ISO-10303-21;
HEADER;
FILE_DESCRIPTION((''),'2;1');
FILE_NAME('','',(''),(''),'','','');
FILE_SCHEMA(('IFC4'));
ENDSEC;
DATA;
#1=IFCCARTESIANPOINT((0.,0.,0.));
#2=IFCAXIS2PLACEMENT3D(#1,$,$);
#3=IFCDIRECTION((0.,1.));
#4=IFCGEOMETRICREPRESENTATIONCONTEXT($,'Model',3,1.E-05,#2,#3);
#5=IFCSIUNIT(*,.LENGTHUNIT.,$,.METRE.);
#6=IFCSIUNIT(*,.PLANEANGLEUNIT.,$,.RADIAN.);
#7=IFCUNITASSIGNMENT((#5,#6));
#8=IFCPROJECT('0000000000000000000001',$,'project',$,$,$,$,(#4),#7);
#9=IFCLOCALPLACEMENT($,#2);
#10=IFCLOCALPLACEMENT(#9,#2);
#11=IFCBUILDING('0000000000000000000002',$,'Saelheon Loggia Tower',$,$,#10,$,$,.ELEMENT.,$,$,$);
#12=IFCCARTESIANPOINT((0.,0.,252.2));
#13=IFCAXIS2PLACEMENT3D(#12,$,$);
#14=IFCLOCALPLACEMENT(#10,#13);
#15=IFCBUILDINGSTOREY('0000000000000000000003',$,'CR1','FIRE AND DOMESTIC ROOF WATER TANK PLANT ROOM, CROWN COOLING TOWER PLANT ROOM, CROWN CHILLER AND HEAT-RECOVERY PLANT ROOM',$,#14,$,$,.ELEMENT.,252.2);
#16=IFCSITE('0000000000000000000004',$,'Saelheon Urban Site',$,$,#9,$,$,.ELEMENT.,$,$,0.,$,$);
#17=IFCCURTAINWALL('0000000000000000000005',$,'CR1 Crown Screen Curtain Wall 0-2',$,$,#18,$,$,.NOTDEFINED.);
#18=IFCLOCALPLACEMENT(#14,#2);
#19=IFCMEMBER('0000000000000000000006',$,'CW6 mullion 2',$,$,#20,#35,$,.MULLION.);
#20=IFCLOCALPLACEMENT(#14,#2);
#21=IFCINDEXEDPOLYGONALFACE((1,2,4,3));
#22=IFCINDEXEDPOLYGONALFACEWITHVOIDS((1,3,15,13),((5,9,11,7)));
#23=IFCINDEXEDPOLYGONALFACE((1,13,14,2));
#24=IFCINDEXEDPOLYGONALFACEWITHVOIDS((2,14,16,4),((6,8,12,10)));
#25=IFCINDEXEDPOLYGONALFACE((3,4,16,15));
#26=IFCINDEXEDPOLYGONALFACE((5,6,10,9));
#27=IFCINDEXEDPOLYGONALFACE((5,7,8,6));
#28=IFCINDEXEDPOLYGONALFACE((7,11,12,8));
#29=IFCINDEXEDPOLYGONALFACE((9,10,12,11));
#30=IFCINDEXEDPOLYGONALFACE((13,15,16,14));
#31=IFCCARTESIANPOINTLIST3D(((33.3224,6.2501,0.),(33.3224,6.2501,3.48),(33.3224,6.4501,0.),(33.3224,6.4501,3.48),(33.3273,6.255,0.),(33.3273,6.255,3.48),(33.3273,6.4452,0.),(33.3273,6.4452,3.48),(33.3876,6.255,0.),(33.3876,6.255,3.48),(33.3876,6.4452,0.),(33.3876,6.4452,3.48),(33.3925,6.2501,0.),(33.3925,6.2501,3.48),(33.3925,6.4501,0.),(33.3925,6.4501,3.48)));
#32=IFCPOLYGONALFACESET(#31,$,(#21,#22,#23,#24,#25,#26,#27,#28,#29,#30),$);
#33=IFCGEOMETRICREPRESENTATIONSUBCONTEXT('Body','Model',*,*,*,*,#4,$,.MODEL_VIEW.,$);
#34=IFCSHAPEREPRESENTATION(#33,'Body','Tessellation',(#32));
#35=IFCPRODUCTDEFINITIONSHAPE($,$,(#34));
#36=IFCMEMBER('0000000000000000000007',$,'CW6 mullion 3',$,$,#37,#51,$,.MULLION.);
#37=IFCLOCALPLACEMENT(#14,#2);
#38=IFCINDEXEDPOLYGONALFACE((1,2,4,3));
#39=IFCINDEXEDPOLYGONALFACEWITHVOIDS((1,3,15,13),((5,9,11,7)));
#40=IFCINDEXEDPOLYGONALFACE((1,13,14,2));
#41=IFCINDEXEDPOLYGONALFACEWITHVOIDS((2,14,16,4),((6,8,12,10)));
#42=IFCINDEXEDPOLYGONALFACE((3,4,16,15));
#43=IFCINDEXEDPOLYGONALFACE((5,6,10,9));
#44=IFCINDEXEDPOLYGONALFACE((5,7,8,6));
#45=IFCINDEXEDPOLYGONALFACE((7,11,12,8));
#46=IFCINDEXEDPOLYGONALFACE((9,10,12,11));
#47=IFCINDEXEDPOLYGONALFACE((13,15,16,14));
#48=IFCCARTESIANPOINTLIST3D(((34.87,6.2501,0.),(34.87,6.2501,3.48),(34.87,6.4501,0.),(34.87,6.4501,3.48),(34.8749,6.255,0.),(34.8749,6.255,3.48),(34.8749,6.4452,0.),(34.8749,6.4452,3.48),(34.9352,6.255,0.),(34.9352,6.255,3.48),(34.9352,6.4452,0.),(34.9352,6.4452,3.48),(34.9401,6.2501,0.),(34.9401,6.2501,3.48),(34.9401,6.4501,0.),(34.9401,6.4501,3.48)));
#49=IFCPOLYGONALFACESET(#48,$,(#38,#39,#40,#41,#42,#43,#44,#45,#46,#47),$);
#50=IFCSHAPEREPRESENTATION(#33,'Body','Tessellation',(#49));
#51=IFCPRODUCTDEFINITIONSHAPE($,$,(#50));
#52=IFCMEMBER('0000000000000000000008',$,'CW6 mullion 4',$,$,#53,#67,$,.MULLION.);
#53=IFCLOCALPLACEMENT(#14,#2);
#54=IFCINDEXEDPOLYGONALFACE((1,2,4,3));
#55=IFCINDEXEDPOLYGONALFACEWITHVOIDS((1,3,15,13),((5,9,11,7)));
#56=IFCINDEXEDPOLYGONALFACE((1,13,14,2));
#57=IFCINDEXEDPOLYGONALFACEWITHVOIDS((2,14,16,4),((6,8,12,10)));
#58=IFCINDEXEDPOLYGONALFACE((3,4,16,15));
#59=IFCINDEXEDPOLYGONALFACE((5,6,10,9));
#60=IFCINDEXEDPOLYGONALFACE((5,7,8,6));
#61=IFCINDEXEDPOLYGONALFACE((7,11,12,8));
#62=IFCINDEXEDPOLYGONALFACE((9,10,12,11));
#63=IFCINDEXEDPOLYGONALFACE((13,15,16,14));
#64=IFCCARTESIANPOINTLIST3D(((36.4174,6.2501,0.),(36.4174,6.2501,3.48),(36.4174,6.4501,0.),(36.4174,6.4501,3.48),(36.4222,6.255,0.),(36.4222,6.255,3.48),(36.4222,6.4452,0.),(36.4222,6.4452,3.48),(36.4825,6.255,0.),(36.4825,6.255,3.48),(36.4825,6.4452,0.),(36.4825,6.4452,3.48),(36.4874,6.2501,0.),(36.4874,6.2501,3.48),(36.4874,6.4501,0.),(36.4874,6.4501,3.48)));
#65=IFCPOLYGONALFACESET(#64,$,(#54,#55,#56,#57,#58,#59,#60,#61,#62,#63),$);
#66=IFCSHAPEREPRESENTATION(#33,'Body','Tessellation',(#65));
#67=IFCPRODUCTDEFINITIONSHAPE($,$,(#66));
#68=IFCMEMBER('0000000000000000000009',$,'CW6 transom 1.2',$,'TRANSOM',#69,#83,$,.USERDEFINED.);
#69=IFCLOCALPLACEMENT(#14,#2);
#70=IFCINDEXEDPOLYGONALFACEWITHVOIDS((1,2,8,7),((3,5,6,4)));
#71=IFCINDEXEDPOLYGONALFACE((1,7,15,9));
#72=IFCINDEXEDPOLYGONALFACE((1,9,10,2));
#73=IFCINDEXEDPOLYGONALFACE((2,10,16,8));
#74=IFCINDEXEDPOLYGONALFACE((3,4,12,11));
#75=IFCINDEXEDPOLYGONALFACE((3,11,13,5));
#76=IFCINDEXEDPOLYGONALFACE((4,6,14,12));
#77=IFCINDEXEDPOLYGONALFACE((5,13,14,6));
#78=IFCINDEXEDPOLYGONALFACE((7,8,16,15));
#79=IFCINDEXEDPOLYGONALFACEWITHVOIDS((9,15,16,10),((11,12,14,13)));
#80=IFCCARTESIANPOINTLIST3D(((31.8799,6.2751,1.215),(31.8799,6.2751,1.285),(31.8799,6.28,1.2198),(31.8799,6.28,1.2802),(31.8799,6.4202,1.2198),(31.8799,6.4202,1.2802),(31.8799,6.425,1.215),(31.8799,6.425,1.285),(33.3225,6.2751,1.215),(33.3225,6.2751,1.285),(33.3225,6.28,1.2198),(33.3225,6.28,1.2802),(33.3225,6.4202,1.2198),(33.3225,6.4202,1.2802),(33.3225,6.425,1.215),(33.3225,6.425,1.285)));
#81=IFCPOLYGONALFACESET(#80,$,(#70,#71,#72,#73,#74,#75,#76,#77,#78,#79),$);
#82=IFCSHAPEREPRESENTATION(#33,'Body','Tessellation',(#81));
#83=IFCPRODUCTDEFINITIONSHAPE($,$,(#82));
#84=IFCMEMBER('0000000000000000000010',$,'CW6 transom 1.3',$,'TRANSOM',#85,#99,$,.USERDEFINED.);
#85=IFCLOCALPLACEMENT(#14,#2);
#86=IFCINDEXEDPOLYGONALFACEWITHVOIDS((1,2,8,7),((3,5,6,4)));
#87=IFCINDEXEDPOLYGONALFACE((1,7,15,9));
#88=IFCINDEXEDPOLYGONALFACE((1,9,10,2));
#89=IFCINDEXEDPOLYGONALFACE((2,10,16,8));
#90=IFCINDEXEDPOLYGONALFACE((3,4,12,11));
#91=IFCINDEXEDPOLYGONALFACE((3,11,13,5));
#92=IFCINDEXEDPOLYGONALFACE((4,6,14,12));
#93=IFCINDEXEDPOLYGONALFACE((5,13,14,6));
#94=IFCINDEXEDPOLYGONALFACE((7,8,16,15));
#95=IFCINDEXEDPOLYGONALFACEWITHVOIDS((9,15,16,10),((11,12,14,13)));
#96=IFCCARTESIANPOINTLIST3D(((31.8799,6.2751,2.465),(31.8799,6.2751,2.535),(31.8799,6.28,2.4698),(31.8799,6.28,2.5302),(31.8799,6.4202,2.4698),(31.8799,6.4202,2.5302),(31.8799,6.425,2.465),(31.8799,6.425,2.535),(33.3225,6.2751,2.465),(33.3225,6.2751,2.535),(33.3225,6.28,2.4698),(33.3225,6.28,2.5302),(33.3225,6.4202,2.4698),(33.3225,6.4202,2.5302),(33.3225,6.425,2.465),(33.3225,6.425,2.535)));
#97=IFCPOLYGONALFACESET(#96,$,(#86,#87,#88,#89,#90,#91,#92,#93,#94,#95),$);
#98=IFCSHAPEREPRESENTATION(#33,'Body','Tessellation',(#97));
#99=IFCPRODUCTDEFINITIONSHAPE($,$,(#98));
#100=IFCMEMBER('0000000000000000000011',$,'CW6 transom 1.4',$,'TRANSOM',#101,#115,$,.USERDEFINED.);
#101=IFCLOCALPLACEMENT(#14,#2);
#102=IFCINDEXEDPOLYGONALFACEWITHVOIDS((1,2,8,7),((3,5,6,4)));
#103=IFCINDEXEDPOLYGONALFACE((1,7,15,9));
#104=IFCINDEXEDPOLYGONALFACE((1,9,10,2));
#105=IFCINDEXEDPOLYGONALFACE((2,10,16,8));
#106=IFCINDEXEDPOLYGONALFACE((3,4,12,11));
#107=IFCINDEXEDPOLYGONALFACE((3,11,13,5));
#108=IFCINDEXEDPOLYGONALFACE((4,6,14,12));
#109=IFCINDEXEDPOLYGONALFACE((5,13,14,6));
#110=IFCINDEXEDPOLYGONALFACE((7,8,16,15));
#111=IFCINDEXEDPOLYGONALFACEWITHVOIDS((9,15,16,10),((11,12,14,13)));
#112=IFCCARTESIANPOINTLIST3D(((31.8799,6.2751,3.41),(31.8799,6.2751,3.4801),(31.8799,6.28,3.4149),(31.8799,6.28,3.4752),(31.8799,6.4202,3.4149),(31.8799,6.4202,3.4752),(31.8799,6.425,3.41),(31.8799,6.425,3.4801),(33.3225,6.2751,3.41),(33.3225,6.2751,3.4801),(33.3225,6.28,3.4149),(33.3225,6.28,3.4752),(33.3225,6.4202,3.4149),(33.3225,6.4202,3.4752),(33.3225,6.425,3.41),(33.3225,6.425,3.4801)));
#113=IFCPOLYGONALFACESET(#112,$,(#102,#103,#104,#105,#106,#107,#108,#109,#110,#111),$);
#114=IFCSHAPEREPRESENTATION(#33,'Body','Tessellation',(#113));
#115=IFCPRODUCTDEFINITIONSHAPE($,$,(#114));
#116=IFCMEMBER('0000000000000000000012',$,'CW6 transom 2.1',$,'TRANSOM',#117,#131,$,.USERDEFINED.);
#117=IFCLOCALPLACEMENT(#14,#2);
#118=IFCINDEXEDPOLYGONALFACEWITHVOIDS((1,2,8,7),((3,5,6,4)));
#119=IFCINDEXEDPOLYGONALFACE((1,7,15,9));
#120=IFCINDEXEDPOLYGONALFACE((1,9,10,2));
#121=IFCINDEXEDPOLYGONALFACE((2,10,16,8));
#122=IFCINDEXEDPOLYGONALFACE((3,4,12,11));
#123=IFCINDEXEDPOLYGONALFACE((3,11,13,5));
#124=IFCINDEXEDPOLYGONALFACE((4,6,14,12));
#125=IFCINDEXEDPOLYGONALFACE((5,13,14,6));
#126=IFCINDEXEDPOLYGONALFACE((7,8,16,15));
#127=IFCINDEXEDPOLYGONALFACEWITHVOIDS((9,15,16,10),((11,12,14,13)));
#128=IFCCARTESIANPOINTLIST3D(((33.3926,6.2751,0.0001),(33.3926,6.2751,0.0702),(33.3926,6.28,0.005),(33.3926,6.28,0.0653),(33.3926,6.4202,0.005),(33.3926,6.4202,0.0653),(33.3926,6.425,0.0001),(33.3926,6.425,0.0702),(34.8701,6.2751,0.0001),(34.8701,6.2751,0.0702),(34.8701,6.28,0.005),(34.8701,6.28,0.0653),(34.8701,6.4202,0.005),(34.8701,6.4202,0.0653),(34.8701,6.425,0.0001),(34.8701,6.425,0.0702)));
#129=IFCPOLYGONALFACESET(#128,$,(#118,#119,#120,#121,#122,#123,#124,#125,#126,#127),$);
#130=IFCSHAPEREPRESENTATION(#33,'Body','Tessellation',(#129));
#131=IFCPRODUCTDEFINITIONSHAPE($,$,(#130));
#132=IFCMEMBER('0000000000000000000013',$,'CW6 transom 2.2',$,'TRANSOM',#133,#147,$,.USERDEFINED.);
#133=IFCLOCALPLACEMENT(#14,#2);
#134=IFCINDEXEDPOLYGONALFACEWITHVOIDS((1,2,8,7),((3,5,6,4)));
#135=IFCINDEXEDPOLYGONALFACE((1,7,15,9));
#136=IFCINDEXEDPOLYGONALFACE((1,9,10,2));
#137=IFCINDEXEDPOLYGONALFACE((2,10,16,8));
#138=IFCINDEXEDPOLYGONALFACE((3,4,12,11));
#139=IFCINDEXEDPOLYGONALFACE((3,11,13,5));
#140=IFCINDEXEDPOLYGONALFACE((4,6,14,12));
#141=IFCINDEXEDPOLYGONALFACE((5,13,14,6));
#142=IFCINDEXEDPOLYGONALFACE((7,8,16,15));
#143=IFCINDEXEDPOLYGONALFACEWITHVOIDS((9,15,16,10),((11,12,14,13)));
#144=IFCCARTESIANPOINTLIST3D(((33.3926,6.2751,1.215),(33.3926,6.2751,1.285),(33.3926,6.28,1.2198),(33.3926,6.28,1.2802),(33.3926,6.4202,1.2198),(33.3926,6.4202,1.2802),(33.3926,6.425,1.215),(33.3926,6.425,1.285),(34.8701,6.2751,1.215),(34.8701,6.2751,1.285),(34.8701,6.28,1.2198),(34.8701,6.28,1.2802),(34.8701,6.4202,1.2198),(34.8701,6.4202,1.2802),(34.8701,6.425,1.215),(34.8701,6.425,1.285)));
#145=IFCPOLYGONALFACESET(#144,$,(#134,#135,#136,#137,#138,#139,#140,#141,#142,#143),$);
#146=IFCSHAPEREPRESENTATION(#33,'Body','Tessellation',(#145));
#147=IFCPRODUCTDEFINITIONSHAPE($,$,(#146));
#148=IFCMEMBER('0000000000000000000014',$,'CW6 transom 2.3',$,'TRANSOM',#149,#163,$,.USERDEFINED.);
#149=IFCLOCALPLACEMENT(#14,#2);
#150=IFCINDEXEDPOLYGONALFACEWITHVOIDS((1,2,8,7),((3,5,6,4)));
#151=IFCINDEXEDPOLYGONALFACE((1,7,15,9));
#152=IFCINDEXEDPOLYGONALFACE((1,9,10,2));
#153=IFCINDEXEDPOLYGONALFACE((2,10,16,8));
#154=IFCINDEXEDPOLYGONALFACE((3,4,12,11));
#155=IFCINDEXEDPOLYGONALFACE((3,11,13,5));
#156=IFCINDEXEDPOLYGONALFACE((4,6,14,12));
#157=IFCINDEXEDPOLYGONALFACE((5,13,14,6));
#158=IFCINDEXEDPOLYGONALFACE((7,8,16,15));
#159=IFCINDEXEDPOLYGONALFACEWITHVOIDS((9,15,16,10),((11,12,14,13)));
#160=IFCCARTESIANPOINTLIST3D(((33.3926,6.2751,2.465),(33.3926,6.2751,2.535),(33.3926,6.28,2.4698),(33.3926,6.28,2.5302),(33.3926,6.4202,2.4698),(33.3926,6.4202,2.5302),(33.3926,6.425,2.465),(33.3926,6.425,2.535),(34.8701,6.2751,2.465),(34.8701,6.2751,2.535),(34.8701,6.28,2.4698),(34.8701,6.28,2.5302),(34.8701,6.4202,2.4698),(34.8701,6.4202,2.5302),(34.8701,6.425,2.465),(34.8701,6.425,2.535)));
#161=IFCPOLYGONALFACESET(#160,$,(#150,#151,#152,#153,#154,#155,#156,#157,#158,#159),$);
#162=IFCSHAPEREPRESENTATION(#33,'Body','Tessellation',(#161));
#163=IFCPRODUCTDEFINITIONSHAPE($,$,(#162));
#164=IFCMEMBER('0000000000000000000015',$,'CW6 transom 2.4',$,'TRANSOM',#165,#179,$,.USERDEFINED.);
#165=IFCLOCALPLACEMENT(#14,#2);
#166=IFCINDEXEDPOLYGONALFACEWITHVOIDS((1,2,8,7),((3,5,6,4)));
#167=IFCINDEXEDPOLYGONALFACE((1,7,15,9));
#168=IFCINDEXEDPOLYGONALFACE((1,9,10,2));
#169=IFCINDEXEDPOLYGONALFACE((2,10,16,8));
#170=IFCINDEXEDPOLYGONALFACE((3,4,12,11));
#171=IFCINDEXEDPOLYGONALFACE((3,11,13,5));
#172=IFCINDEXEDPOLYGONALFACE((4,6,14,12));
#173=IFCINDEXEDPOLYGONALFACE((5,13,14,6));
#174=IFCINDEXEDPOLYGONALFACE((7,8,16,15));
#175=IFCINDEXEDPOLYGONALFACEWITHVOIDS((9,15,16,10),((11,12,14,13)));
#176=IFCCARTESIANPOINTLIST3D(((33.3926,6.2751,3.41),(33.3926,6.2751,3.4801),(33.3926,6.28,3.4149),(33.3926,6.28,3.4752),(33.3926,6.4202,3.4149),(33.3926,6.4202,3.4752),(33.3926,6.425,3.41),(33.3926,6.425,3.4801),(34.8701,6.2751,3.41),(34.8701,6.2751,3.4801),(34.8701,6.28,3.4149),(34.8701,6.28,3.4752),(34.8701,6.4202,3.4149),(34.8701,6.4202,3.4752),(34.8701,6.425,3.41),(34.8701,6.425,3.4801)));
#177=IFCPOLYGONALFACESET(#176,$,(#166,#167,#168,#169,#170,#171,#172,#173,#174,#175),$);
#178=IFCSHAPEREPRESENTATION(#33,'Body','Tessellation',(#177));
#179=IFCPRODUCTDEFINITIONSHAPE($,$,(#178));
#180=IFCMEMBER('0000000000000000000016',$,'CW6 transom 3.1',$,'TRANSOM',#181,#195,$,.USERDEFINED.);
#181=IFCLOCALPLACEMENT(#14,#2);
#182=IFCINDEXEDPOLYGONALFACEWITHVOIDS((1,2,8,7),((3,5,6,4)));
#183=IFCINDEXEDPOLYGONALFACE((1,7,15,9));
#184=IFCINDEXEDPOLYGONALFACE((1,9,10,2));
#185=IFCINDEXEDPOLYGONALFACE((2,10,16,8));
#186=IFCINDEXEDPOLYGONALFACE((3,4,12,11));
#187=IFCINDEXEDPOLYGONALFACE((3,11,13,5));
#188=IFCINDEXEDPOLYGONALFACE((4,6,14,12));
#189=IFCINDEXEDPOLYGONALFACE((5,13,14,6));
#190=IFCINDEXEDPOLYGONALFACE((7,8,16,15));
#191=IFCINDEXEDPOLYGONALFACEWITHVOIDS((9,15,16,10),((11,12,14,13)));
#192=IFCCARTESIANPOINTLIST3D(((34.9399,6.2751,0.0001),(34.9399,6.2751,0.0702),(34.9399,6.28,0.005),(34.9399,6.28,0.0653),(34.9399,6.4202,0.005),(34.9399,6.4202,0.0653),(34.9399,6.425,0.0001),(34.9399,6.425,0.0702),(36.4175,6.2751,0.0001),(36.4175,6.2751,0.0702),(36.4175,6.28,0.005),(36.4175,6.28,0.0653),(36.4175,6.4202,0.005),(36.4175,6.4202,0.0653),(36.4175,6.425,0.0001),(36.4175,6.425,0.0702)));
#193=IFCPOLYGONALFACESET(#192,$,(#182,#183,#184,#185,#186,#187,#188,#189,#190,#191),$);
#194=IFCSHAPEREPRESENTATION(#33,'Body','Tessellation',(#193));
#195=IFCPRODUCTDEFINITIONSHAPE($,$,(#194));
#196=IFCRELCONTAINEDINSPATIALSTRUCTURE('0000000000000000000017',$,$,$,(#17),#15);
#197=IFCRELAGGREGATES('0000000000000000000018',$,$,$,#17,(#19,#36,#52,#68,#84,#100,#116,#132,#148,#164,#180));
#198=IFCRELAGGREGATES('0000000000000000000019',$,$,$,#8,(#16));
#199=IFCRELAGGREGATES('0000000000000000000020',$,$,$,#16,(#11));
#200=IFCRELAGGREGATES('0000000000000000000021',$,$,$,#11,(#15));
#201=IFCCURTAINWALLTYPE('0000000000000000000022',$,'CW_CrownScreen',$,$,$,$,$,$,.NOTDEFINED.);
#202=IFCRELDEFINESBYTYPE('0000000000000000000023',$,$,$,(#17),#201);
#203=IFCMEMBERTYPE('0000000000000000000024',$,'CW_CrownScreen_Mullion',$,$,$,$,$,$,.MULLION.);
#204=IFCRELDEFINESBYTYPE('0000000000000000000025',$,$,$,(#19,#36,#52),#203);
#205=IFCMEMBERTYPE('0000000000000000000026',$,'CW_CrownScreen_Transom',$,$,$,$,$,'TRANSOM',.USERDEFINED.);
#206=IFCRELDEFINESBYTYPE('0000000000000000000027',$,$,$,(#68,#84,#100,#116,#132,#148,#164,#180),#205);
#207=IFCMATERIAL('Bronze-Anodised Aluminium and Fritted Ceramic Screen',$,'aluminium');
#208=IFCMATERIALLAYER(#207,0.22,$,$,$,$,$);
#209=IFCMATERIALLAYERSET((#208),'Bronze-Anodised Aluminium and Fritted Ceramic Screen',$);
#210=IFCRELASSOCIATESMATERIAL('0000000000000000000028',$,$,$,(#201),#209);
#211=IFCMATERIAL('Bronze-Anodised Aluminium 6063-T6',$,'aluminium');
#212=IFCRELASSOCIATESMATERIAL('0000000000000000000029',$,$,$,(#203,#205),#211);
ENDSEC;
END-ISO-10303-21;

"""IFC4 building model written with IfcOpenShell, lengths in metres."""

from ifc_helpers import new_model, si_unit, direction, frame, origin, origin_2d, place, context, subcontext, project, spatial, hollow_rectangle, extrude, source, transform, mapped, material, layer, layer_set, material_profile, profile_set, type_object, element, aggregate, save


model = new_model("IFC4")

# Units and contexts
model_context = context("Model", 3, precision=1e-05, world=origin(), true_north=direction((0.0, 1.0)))
body_context = subcontext(model_context, "Body", "Model", "MODEL_VIEW")
ifc_project = project(units=[si_unit("LENGTHUNIT", "METRE"), si_unit("PLANEANGLEUNIT", "RADIAN")], contexts=[model_context])

# Site, building, storey
site_placement = place(None, origin())
site = spatial("IfcSite", under=ifc_project, at=site_placement, Name="Saelheon Urban Site", CompositionType="ELEMENT", RefElevation=0.0)
building_placement = place(site_placement, origin())
building = spatial("IfcBuilding", under=site, at=building_placement, Name="Saelheon Loggia Tower", CompositionType="ELEMENT")
storey_placement = place(building_placement, frame((0.0, 0.0, 252.2)))
storey = spatial("IfcBuildingStorey", under=building, at=storey_placement, Name="CR1", Description="FIRE AND DOMESTIC ROOF WATER TANK PLANT ROOM, CROWN COOLING TOWER PLANT ROOM, CROWN CHILLER AND HEAT-RECOVERY PLANT ROOM", CompositionType="ELEMENT", Elevation=252.2)

# Curtain wall, members
ifc_material_1 = material(Name="Bronze-Anodised Aluminium and Fritted Ceramic Screen", Category="aluminium")
ifc_layer_1 = layer(ifc_material_1, 0.22)
ifc_layer_set_1 = layer_set([ifc_layer_1], Name="Bronze-Anodised Aluminium and Fritted Ceramic Screen")
curtain_wall_type = type_object("IfcCurtainWallType", Name="CW_CrownScreen", PredefinedType="NOTDEFINED", material=ifc_layer_set_1)
curtain_wall_placement = place(storey_placement, origin())
curtain_wall = element("IfcCurtainWall", 1, at=curtain_wall_placement, inside=storey, type_object=curtain_wall_type, Name="CR1 Crown Screen Curtain Wall 0-2", PredefinedType="NOTDEFINED")
ifc_material_2 = material(Name="Bronze-Anodised Aluminium 6063-T6", Category="aluminium")
ifc_material_profile_1 = material_profile(ifc_material_2, hollow_rectangle(XDim=0.0701, YDim=0.2, WallThickness=0.0049, at=origin_2d()), Name="RHS-200x70x5")
ifc_profile_set_1 = profile_set([ifc_material_profile_1], Name="Bronze-Anodised Aluminium 6063-T6")
member_type_1 = type_object("IfcMemberType", Name="CW_CrownScreen_Mullion", PredefinedType="MULLION", material=ifc_profile_set_1)
shared_shape_1 = source(origin(), body_context, "Body", "SweptSolid", [
    extrude(hollow_rectangle(XDim=0.0701, YDim=0.2, WallThickness=0.0049, at=origin_2d()), origin(), (0.0, 0.0, 1.0), 3.48),
])
member_1_placement = place(storey_placement, frame((33.3574, 6.3501, 0.0), z_axis=(0.0, 0.0, 1.0), x_axis=(1.0, 0.0, 0.0)))
member_1 = element("IfcMember", 2, at=member_1_placement, type_object=member_type_1, Name="CW6 mullion 2", PredefinedType="MULLION", context=body_context, shape_type="MappedRepresentation", body=[
    mapped(shared_shape_1, transform((0.0, 0.0, 0.0), scale=1.0)),
])
member_2_placement = place(storey_placement, frame((34.905, 6.3501, 0.0), z_axis=(0.0, 0.0, 1.0), x_axis=(1.0, 0.0, 0.0)))
member_2 = element("IfcMember", 3, at=member_2_placement, type_object=member_type_1, Name="CW6 mullion 3", PredefinedType="MULLION", context=body_context, shape_type="MappedRepresentation", body=[
    mapped(shared_shape_1, transform((0.0, 0.0, 0.0), scale=1.0)),
])
member_3_placement = place(storey_placement, frame((36.4524, 6.3501, 0.0), z_axis=(0.0, 0.0, 1.0), x_axis=(1.0, 0.0, 0.0)))
member_3 = element("IfcMember", 4, at=member_3_placement, type_object=member_type_1, Name="CW6 mullion 4", PredefinedType="MULLION", context=body_context, shape_type="MappedRepresentation", body=[
    mapped(shared_shape_1, transform((0.0, 0.0, 0.0), scale=1.0)),
])
ifc_material_profile_2 = material_profile(ifc_material_2, hollow_rectangle(XDim=0.0701, YDim=0.1499, WallThickness=0.0049, at=origin_2d()), Name="RHS-150x70x5")
ifc_profile_set_2 = profile_set([ifc_material_profile_2], Name="Bronze-Anodised Aluminium 6063-T6")
member_type_2 = type_object("IfcMemberType", Name="CW_CrownScreen_Transom", ElementType="TRANSOM", PredefinedType="USERDEFINED", material=ifc_profile_set_2)
shared_shape_2 = source(origin(), body_context, "Body", "SweptSolid", [
    extrude(hollow_rectangle(XDim=0.0701, YDim=0.1499, WallThickness=0.0049, at=origin_2d()), origin(), (0.0, 0.0, 1.0), 1.4426),
])
member_4_placement = place(storey_placement, frame((31.8799, 6.3501, 1.25), z_axis=(1.0, 0.0, 0.0), x_axis=(0.0, 0.0, 1.0)))
member_4 = element("IfcMember", 5, at=member_4_placement, type_object=member_type_2, Name="CW6 transom 1.2", ObjectType="TRANSOM", PredefinedType="USERDEFINED", context=body_context, shape_type="MappedRepresentation", body=[
    mapped(shared_shape_2, transform((0.0, 0.0, 0.0), scale=1.0)),
])
member_5_placement = place(storey_placement, frame((31.8799, 6.3501, 2.5), z_axis=(1.0, 0.0, 0.0), x_axis=(0.0, 0.0, 1.0)))
member_5 = element("IfcMember", 6, at=member_5_placement, type_object=member_type_2, Name="CW6 transom 1.3", ObjectType="TRANSOM", PredefinedType="USERDEFINED", context=body_context, shape_type="MappedRepresentation", body=[
    mapped(shared_shape_2, transform((0.0, 0.0, 0.0), scale=1.0)),
])
member_6_placement = place(storey_placement, frame((31.8799, 6.3501, 3.4451), z_axis=(1.0, 0.0, 0.0), x_axis=(0.0, 0.0, 1.0)))
member_6 = element("IfcMember", 7, at=member_6_placement, type_object=member_type_2, Name="CW6 transom 1.4", ObjectType="TRANSOM", PredefinedType="USERDEFINED", context=body_context, shape_type="MappedRepresentation", body=[
    mapped(shared_shape_2, transform((0.0, 0.0, 0.0), scale=1.0)),
])
shared_shape_3 = source(origin(), body_context, "Body", "SweptSolid", [
    extrude(hollow_rectangle(XDim=0.0701, YDim=0.1499, WallThickness=0.0049, at=origin_2d()), origin(), (0.0, 0.0, 1.0), 1.4775),
])
member_7_placement = place(storey_placement, frame((33.3926, 6.3501, 0.0352), z_axis=(1.0, 0.0, 0.0), x_axis=(0.0, 0.0, 1.0)))
member_7 = element("IfcMember", 8, at=member_7_placement, type_object=member_type_2, Name="CW6 transom 2.1", ObjectType="TRANSOM", PredefinedType="USERDEFINED", context=body_context, shape_type="MappedRepresentation", body=[
    mapped(shared_shape_3, transform((0.0, 0.0, 0.0), scale=1.0)),
])
member_8_placement = place(storey_placement, frame((33.3926, 6.3501, 1.25), z_axis=(1.0, 0.0, 0.0), x_axis=(0.0, 0.0, 1.0)))
member_8 = element("IfcMember", 9, at=member_8_placement, type_object=member_type_2, Name="CW6 transom 2.2", ObjectType="TRANSOM", PredefinedType="USERDEFINED", context=body_context, shape_type="MappedRepresentation", body=[
    mapped(shared_shape_3, transform((0.0, 0.0, 0.0), scale=1.0)),
])
member_9_placement = place(storey_placement, frame((33.3926, 6.3501, 2.5), z_axis=(1.0, 0.0, 0.0), x_axis=(0.0, 0.0, 1.0)))
member_9 = element("IfcMember", 10, at=member_9_placement, type_object=member_type_2, Name="CW6 transom 2.3", ObjectType="TRANSOM", PredefinedType="USERDEFINED", context=body_context, shape_type="MappedRepresentation", body=[
    mapped(shared_shape_3, transform((0.0, 0.0, 0.0), scale=1.0)),
])
member_10_placement = place(storey_placement, frame((33.3926, 6.3501, 3.4451), z_axis=(1.0, 0.0, 0.0), x_axis=(0.0, 0.0, 1.0)))
member_10 = element("IfcMember", 11, at=member_10_placement, type_object=member_type_2, Name="CW6 transom 2.4", ObjectType="TRANSOM", PredefinedType="USERDEFINED", context=body_context, shape_type="MappedRepresentation", body=[
    mapped(shared_shape_3, transform((0.0, 0.0, 0.0), scale=1.0)),
])
member_11_placement = place(storey_placement, frame((34.9399, 6.3501, 0.0352), z_axis=(1.0, 0.0, 0.0), x_axis=(0.0, 0.0, 1.0)))
member_11 = element("IfcMember", 12, at=member_11_placement, type_object=member_type_2, Name="CW6 transom 3.1", ObjectType="TRANSOM", PredefinedType="USERDEFINED", context=body_context, shape_type="MappedRepresentation", body=[
    mapped(shared_shape_3, transform((0.0, 0.0, 0.0), scale=1.0)),
])
aggregate(curtain_wall, [member_1, member_2, member_3, member_4, member_5, member_6, member_7, member_8, member_9, member_10, member_11])

save(model, "model.ifc")
